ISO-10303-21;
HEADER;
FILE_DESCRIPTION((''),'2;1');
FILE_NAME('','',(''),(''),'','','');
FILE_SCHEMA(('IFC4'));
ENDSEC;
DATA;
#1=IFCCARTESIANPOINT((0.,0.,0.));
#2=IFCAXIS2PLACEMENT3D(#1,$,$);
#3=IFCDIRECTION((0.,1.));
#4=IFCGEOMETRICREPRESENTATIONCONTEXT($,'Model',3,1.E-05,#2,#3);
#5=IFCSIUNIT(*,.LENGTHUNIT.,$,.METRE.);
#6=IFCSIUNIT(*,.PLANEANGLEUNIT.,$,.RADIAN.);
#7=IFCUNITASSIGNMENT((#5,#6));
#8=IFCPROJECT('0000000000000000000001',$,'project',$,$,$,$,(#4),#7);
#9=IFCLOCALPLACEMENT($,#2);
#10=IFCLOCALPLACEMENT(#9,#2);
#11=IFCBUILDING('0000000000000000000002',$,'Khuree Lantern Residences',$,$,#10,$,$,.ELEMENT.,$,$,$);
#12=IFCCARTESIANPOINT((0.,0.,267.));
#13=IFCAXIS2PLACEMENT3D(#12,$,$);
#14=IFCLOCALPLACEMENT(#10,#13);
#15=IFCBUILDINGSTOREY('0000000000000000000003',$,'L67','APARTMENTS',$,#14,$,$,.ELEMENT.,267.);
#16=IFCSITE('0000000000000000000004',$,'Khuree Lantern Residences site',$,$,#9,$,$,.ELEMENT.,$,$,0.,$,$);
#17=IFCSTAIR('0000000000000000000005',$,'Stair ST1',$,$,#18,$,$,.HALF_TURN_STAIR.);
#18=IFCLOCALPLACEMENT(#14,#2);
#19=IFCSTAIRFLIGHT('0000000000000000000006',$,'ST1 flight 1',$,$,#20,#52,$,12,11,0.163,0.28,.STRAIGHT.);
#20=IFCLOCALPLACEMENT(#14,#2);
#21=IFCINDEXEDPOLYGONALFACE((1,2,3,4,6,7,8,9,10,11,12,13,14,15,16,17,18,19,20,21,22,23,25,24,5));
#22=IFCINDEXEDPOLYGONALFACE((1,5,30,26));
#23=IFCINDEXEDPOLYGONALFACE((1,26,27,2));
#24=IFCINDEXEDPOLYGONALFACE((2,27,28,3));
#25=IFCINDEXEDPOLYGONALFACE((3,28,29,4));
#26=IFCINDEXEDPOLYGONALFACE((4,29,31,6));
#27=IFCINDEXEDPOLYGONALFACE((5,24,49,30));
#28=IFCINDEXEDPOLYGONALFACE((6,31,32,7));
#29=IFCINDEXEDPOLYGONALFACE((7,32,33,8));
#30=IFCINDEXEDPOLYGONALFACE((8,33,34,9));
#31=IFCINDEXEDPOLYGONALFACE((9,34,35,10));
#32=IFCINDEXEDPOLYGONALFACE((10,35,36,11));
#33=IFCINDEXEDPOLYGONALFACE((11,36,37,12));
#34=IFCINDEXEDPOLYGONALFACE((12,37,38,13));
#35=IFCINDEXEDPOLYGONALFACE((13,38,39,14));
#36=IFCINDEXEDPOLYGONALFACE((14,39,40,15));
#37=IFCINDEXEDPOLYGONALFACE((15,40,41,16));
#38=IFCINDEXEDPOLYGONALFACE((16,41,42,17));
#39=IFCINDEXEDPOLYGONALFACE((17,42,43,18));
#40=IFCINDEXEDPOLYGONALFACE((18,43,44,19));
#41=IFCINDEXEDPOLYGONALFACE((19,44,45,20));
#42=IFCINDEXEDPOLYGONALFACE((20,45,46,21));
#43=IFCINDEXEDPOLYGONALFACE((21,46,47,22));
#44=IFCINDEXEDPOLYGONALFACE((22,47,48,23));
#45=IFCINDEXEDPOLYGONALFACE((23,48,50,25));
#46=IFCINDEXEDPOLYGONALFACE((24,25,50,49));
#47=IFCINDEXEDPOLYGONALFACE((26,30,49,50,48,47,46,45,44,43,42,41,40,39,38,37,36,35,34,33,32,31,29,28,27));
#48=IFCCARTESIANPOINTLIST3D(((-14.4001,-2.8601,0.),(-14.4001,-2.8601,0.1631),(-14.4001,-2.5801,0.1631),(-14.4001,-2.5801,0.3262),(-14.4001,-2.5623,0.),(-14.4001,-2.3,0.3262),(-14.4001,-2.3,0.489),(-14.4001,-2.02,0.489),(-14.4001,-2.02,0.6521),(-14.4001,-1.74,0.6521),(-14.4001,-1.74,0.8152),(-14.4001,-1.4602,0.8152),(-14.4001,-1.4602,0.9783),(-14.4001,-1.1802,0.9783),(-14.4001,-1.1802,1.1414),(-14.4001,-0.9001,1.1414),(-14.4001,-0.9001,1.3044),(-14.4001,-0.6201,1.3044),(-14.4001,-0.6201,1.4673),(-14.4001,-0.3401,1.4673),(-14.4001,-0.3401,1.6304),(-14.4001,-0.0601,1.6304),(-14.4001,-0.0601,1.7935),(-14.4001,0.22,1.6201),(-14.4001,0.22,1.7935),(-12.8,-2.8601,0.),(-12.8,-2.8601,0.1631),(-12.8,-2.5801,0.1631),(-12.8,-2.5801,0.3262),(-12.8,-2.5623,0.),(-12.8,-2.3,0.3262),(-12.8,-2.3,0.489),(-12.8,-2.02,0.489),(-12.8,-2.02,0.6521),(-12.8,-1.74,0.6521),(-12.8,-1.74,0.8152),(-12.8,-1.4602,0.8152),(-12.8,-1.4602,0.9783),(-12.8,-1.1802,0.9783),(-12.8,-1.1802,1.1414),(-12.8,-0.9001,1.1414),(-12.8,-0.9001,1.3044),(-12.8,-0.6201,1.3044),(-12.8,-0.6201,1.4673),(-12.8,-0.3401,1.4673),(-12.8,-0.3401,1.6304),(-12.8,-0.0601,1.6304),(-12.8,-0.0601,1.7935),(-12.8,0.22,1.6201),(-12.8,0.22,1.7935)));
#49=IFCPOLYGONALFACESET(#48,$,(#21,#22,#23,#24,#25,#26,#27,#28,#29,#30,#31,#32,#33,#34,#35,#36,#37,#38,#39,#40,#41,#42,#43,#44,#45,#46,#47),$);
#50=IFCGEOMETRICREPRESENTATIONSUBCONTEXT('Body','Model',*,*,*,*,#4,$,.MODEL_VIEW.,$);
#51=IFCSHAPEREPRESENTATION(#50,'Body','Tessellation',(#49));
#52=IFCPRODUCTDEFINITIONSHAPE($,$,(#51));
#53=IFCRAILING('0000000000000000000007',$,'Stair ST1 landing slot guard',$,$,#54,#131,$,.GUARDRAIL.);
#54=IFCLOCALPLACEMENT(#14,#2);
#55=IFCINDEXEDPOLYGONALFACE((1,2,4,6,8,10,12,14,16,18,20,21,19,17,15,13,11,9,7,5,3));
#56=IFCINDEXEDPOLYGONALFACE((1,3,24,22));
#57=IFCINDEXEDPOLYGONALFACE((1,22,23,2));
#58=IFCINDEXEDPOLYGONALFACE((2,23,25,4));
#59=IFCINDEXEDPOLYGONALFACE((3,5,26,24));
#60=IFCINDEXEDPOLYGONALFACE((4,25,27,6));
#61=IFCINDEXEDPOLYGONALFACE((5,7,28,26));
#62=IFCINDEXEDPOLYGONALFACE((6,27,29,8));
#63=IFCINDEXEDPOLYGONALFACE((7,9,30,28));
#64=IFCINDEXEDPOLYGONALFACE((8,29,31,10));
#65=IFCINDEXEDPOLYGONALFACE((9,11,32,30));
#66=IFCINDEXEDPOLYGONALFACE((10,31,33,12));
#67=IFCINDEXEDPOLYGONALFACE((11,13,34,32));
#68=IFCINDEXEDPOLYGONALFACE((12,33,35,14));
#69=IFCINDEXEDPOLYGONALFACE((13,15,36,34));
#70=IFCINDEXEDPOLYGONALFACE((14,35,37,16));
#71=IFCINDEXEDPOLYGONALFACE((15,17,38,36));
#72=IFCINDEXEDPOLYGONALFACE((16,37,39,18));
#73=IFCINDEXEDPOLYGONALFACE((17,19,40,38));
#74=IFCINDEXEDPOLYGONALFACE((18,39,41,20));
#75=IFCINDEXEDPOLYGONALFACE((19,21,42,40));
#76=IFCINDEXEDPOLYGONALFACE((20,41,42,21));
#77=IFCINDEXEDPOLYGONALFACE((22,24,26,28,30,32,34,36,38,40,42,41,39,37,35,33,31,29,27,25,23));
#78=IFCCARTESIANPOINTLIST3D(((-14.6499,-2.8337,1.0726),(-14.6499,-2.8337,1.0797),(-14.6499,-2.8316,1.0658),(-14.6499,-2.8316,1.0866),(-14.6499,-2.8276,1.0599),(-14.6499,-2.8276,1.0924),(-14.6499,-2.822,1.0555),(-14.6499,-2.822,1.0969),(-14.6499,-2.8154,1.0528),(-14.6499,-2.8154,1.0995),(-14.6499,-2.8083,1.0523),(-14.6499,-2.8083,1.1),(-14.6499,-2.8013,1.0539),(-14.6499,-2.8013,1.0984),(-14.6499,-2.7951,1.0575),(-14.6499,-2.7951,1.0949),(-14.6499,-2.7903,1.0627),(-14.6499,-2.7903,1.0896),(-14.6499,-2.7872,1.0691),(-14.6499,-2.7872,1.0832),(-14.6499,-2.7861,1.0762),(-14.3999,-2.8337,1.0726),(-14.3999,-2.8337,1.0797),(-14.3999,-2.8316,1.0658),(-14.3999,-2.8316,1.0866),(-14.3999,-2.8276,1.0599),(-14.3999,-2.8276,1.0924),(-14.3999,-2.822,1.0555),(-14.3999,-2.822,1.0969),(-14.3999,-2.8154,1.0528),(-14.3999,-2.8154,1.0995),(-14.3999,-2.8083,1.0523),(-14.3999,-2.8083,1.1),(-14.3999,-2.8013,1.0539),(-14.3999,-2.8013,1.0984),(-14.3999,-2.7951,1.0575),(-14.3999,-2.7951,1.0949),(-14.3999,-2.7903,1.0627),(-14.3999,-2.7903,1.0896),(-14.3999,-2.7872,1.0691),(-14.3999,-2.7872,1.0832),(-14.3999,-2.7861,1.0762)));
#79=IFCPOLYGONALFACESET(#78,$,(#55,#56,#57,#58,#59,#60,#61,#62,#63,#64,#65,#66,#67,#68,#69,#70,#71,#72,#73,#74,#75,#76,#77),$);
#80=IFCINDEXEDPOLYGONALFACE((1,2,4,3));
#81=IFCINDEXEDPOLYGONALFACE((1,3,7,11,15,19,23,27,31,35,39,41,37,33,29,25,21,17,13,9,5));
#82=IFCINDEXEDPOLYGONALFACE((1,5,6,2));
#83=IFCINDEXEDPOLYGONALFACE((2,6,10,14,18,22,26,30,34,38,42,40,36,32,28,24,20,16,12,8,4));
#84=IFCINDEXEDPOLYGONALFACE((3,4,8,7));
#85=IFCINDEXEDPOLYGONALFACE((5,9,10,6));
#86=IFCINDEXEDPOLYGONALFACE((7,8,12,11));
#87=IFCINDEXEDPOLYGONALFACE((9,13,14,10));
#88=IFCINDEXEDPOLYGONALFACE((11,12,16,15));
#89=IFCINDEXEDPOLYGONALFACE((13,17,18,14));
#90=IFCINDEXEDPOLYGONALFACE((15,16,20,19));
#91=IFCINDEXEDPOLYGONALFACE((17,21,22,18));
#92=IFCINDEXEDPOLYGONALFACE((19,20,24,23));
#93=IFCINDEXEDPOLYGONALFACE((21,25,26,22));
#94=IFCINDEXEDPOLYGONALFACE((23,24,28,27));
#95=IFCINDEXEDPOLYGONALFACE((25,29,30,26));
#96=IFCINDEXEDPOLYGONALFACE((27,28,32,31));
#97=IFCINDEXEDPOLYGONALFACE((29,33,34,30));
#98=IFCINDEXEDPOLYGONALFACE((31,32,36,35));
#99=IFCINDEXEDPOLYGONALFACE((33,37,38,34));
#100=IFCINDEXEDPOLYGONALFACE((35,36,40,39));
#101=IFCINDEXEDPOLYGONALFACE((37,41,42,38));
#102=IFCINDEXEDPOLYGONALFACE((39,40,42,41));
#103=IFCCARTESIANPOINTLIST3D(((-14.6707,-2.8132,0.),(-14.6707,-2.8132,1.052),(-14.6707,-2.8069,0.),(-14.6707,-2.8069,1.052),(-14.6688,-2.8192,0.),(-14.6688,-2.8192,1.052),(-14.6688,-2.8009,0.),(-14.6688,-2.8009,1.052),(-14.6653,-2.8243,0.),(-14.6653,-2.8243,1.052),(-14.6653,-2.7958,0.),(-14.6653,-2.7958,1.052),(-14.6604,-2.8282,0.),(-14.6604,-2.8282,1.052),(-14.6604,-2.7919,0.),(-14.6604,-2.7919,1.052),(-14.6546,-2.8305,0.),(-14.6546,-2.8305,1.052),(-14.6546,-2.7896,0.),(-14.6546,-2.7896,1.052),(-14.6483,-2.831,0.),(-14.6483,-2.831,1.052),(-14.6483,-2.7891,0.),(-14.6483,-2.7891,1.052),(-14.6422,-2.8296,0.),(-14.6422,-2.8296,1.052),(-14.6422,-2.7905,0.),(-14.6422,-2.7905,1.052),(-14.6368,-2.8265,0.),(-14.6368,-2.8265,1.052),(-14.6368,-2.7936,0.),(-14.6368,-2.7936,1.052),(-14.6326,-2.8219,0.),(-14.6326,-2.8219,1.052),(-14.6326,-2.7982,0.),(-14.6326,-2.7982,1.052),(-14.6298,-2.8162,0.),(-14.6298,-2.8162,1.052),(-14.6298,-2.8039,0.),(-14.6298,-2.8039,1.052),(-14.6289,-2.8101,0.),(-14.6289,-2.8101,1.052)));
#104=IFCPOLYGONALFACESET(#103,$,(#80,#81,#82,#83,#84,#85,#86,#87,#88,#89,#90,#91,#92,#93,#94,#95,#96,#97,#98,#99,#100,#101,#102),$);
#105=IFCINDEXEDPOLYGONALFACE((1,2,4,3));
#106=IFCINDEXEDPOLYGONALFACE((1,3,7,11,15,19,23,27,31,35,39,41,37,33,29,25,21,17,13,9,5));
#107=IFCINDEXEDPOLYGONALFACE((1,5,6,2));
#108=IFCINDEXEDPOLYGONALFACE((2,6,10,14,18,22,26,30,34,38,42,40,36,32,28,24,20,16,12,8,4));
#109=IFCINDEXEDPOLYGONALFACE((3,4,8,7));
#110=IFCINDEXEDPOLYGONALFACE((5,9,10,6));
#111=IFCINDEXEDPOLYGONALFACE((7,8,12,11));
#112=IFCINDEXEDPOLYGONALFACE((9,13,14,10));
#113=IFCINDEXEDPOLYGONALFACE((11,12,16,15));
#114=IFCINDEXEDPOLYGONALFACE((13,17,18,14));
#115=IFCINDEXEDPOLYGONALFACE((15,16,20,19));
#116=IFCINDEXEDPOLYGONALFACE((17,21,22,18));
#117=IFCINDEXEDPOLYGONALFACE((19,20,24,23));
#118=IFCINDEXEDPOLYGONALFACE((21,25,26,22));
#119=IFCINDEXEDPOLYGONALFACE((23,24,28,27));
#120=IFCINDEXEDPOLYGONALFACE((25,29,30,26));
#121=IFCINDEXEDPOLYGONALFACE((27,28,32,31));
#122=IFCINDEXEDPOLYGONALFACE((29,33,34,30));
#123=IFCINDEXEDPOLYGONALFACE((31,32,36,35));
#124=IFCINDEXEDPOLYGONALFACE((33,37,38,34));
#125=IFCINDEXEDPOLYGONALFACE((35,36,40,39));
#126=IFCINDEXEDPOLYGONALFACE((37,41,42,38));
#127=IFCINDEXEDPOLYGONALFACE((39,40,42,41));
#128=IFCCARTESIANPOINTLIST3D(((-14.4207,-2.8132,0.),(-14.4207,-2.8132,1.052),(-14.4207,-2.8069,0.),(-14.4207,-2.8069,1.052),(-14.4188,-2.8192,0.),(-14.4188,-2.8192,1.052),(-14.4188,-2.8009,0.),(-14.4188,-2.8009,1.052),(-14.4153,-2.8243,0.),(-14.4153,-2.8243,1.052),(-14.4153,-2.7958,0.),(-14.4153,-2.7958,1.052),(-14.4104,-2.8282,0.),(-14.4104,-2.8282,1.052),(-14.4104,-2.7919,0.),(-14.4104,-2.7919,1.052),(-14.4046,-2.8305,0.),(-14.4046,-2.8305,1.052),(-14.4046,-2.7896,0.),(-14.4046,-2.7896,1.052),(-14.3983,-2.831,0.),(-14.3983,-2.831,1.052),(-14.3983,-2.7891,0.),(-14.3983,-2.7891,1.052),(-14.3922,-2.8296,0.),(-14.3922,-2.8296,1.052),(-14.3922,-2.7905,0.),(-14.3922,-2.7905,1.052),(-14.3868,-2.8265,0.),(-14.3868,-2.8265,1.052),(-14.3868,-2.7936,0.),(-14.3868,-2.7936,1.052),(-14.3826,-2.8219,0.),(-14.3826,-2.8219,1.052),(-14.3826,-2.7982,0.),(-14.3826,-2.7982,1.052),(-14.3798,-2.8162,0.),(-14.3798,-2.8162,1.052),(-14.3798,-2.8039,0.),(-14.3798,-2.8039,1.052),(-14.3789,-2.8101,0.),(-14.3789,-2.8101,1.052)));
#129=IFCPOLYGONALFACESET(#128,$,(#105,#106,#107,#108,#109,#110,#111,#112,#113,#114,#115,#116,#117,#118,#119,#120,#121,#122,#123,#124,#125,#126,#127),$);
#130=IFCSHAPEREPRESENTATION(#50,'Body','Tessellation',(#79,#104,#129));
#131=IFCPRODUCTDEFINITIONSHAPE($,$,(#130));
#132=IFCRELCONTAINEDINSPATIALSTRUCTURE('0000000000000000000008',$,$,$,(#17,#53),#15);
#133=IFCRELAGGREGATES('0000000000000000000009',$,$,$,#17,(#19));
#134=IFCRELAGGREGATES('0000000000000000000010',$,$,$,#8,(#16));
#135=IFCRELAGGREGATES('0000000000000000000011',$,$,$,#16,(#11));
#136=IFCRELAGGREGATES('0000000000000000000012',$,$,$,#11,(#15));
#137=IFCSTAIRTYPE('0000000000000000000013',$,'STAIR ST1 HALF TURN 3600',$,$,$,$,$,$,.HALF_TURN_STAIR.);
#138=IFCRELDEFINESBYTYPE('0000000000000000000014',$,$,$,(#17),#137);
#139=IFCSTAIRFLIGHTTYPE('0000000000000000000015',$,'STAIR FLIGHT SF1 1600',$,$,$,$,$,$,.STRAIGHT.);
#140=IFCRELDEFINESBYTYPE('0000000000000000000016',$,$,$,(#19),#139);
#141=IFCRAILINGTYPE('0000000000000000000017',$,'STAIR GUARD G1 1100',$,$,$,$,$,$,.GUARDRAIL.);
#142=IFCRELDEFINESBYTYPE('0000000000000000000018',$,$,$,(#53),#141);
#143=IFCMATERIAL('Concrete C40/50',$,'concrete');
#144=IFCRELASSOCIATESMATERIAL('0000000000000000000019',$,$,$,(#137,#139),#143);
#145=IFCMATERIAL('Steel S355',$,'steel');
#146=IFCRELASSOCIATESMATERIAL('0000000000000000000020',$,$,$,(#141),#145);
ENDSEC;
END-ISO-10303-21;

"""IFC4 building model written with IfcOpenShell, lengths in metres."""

from ifc_helpers import new_model, si_unit, direction, frame, origin, origin_2d, place, context, subcontext, project, spatial, polyline, circle, outline, extrude, material, type_object, element, aggregate, save


model = new_model("IFC4")

# Units and contexts
model_context = context("Model", 3, precision=1e-05, world=origin(), true_north=direction((0.0, 1.0)))
body_context = subcontext(model_context, "Body", "Model", "MODEL_VIEW")
ifc_project = project(units=[si_unit("LENGTHUNIT", "METRE"), si_unit("PLANEANGLEUNIT", "RADIAN")], contexts=[model_context])

# Site, building, storey
site_placement = place(None, origin())
site = spatial("IfcSite", under=ifc_project, at=site_placement, Name="Khuree Lantern Residences site", CompositionType="ELEMENT", RefElevation=0.0)
building_placement = place(site_placement, origin())
building = spatial("IfcBuilding", under=site, at=building_placement, Name="Khuree Lantern Residences", CompositionType="ELEMENT")
storey_placement = place(building_placement, frame((0.0, 0.0, 267.0)))
storey = spatial("IfcBuildingStorey", under=building, at=storey_placement, Name="L67", Description="APARTMENTS", CompositionType="ELEMENT", Elevation=267.0)

# Stair, stair flight
ifc_material_1 = material(Name="Concrete C40/50", Category="concrete")
stair_type = type_object("IfcStairType", Name="STAIR ST1 HALF TURN 3600", PredefinedType="HALF_TURN_STAIR", material=ifc_material_1)
stair_placement = place(storey_placement, origin())
stair = element("IfcStair", 1, at=stair_placement, inside=storey, type_object=stair_type, Name="Stair ST1", PredefinedType="HALF_TURN_STAIR")
stair_flight_type = type_object("IfcStairFlightType", Name="STAIR FLIGHT SF1 1600", PredefinedType="STRAIGHT", material=ifc_material_1)
stair_flight_placement = place(storey_placement, frame((-13.6001, -2.8601, 0.0), z_axis=(0.0, 0.0, 1.0), x_axis=(0.0, 1.0, 0.0)))
stair_flight = element("IfcStairFlight", 2, at=stair_flight_placement, type_object=stair_flight_type, Name="ST1 flight 1", NumberOfRisers=12, NumberOfTreads=11, PredefinedType="STRAIGHT", RiserHeight=0.163, TreadLength=0.28, context=body_context, shape_type="SweptSolid", body=[
    extrude(outline(polyline([(0.0, 0.0), (0.0, 0.1631), (0.28, 0.1631), (0.28, 0.3262), (0.5601, 0.3262), (0.5601, 0.489), (0.8401, 0.489), (0.8401, 0.6521), (1.1201, 0.6521), (1.1201, 0.8152), (1.3999, 0.8152), (1.3999, 0.9783), (1.6799, 0.9783), (1.6799, 1.1414), (1.96, 1.1414), (1.96, 1.3044), (2.24, 1.3044), (2.24, 1.4673), (2.52, 1.4673), (2.52, 1.6304), (2.8, 1.6304), (2.8, 1.7935), (3.0801, 1.7935), (3.0801, 1.9565), (3.0801, 1.6201), (0.2979, 0.0), (0.0, 0.0)])), frame((0.0, 0.8, 0.0), z_axis=(0.0, -1.0, 0.0), x_axis=(1.0, 0.0, 0.0)), (0.0, 0.0, 1.0), 1.6001),
])
aggregate(stair, [stair_flight])

# Railing
ifc_material_2 = material(Name="Steel S355", Category="steel")
railing_type_1 = type_object("IfcRailingType", Name="STAIR GUARD G1 1100", PredefinedType="GUARDRAIL", material=ifc_material_2)
railing_1_placement = place(storey_placement, frame((-14.6499, -2.8101, 0.0)))
element("IfcRailing", 3, at=railing_1_placement, inside=storey, type_object=railing_type_1, Name="Stair ST1 landing slot guard", PredefinedType="GUARDRAIL", context=body_context, shape_type="SweptSolid", body=[
    extrude(circle(Radius=0.0239, at=origin_2d()), frame((0.0, 0.0, 1.0762), z_axis=(1.0, 0.0, 0.0), x_axis=(0.0, 1.0, 0.0)), (0.0, 0.0, 1.0), 0.25),
    extrude(circle(Radius=0.021, at=origin_2d()), origin(), (0.0, 0.0, 1.0), 1.052),
    extrude(circle(Radius=0.021, at=origin_2d()), frame((0.25, 0.0, 0.0)), (0.0, 0.0, 1.0), 1.052),
])

save(model, "model.ifc")
